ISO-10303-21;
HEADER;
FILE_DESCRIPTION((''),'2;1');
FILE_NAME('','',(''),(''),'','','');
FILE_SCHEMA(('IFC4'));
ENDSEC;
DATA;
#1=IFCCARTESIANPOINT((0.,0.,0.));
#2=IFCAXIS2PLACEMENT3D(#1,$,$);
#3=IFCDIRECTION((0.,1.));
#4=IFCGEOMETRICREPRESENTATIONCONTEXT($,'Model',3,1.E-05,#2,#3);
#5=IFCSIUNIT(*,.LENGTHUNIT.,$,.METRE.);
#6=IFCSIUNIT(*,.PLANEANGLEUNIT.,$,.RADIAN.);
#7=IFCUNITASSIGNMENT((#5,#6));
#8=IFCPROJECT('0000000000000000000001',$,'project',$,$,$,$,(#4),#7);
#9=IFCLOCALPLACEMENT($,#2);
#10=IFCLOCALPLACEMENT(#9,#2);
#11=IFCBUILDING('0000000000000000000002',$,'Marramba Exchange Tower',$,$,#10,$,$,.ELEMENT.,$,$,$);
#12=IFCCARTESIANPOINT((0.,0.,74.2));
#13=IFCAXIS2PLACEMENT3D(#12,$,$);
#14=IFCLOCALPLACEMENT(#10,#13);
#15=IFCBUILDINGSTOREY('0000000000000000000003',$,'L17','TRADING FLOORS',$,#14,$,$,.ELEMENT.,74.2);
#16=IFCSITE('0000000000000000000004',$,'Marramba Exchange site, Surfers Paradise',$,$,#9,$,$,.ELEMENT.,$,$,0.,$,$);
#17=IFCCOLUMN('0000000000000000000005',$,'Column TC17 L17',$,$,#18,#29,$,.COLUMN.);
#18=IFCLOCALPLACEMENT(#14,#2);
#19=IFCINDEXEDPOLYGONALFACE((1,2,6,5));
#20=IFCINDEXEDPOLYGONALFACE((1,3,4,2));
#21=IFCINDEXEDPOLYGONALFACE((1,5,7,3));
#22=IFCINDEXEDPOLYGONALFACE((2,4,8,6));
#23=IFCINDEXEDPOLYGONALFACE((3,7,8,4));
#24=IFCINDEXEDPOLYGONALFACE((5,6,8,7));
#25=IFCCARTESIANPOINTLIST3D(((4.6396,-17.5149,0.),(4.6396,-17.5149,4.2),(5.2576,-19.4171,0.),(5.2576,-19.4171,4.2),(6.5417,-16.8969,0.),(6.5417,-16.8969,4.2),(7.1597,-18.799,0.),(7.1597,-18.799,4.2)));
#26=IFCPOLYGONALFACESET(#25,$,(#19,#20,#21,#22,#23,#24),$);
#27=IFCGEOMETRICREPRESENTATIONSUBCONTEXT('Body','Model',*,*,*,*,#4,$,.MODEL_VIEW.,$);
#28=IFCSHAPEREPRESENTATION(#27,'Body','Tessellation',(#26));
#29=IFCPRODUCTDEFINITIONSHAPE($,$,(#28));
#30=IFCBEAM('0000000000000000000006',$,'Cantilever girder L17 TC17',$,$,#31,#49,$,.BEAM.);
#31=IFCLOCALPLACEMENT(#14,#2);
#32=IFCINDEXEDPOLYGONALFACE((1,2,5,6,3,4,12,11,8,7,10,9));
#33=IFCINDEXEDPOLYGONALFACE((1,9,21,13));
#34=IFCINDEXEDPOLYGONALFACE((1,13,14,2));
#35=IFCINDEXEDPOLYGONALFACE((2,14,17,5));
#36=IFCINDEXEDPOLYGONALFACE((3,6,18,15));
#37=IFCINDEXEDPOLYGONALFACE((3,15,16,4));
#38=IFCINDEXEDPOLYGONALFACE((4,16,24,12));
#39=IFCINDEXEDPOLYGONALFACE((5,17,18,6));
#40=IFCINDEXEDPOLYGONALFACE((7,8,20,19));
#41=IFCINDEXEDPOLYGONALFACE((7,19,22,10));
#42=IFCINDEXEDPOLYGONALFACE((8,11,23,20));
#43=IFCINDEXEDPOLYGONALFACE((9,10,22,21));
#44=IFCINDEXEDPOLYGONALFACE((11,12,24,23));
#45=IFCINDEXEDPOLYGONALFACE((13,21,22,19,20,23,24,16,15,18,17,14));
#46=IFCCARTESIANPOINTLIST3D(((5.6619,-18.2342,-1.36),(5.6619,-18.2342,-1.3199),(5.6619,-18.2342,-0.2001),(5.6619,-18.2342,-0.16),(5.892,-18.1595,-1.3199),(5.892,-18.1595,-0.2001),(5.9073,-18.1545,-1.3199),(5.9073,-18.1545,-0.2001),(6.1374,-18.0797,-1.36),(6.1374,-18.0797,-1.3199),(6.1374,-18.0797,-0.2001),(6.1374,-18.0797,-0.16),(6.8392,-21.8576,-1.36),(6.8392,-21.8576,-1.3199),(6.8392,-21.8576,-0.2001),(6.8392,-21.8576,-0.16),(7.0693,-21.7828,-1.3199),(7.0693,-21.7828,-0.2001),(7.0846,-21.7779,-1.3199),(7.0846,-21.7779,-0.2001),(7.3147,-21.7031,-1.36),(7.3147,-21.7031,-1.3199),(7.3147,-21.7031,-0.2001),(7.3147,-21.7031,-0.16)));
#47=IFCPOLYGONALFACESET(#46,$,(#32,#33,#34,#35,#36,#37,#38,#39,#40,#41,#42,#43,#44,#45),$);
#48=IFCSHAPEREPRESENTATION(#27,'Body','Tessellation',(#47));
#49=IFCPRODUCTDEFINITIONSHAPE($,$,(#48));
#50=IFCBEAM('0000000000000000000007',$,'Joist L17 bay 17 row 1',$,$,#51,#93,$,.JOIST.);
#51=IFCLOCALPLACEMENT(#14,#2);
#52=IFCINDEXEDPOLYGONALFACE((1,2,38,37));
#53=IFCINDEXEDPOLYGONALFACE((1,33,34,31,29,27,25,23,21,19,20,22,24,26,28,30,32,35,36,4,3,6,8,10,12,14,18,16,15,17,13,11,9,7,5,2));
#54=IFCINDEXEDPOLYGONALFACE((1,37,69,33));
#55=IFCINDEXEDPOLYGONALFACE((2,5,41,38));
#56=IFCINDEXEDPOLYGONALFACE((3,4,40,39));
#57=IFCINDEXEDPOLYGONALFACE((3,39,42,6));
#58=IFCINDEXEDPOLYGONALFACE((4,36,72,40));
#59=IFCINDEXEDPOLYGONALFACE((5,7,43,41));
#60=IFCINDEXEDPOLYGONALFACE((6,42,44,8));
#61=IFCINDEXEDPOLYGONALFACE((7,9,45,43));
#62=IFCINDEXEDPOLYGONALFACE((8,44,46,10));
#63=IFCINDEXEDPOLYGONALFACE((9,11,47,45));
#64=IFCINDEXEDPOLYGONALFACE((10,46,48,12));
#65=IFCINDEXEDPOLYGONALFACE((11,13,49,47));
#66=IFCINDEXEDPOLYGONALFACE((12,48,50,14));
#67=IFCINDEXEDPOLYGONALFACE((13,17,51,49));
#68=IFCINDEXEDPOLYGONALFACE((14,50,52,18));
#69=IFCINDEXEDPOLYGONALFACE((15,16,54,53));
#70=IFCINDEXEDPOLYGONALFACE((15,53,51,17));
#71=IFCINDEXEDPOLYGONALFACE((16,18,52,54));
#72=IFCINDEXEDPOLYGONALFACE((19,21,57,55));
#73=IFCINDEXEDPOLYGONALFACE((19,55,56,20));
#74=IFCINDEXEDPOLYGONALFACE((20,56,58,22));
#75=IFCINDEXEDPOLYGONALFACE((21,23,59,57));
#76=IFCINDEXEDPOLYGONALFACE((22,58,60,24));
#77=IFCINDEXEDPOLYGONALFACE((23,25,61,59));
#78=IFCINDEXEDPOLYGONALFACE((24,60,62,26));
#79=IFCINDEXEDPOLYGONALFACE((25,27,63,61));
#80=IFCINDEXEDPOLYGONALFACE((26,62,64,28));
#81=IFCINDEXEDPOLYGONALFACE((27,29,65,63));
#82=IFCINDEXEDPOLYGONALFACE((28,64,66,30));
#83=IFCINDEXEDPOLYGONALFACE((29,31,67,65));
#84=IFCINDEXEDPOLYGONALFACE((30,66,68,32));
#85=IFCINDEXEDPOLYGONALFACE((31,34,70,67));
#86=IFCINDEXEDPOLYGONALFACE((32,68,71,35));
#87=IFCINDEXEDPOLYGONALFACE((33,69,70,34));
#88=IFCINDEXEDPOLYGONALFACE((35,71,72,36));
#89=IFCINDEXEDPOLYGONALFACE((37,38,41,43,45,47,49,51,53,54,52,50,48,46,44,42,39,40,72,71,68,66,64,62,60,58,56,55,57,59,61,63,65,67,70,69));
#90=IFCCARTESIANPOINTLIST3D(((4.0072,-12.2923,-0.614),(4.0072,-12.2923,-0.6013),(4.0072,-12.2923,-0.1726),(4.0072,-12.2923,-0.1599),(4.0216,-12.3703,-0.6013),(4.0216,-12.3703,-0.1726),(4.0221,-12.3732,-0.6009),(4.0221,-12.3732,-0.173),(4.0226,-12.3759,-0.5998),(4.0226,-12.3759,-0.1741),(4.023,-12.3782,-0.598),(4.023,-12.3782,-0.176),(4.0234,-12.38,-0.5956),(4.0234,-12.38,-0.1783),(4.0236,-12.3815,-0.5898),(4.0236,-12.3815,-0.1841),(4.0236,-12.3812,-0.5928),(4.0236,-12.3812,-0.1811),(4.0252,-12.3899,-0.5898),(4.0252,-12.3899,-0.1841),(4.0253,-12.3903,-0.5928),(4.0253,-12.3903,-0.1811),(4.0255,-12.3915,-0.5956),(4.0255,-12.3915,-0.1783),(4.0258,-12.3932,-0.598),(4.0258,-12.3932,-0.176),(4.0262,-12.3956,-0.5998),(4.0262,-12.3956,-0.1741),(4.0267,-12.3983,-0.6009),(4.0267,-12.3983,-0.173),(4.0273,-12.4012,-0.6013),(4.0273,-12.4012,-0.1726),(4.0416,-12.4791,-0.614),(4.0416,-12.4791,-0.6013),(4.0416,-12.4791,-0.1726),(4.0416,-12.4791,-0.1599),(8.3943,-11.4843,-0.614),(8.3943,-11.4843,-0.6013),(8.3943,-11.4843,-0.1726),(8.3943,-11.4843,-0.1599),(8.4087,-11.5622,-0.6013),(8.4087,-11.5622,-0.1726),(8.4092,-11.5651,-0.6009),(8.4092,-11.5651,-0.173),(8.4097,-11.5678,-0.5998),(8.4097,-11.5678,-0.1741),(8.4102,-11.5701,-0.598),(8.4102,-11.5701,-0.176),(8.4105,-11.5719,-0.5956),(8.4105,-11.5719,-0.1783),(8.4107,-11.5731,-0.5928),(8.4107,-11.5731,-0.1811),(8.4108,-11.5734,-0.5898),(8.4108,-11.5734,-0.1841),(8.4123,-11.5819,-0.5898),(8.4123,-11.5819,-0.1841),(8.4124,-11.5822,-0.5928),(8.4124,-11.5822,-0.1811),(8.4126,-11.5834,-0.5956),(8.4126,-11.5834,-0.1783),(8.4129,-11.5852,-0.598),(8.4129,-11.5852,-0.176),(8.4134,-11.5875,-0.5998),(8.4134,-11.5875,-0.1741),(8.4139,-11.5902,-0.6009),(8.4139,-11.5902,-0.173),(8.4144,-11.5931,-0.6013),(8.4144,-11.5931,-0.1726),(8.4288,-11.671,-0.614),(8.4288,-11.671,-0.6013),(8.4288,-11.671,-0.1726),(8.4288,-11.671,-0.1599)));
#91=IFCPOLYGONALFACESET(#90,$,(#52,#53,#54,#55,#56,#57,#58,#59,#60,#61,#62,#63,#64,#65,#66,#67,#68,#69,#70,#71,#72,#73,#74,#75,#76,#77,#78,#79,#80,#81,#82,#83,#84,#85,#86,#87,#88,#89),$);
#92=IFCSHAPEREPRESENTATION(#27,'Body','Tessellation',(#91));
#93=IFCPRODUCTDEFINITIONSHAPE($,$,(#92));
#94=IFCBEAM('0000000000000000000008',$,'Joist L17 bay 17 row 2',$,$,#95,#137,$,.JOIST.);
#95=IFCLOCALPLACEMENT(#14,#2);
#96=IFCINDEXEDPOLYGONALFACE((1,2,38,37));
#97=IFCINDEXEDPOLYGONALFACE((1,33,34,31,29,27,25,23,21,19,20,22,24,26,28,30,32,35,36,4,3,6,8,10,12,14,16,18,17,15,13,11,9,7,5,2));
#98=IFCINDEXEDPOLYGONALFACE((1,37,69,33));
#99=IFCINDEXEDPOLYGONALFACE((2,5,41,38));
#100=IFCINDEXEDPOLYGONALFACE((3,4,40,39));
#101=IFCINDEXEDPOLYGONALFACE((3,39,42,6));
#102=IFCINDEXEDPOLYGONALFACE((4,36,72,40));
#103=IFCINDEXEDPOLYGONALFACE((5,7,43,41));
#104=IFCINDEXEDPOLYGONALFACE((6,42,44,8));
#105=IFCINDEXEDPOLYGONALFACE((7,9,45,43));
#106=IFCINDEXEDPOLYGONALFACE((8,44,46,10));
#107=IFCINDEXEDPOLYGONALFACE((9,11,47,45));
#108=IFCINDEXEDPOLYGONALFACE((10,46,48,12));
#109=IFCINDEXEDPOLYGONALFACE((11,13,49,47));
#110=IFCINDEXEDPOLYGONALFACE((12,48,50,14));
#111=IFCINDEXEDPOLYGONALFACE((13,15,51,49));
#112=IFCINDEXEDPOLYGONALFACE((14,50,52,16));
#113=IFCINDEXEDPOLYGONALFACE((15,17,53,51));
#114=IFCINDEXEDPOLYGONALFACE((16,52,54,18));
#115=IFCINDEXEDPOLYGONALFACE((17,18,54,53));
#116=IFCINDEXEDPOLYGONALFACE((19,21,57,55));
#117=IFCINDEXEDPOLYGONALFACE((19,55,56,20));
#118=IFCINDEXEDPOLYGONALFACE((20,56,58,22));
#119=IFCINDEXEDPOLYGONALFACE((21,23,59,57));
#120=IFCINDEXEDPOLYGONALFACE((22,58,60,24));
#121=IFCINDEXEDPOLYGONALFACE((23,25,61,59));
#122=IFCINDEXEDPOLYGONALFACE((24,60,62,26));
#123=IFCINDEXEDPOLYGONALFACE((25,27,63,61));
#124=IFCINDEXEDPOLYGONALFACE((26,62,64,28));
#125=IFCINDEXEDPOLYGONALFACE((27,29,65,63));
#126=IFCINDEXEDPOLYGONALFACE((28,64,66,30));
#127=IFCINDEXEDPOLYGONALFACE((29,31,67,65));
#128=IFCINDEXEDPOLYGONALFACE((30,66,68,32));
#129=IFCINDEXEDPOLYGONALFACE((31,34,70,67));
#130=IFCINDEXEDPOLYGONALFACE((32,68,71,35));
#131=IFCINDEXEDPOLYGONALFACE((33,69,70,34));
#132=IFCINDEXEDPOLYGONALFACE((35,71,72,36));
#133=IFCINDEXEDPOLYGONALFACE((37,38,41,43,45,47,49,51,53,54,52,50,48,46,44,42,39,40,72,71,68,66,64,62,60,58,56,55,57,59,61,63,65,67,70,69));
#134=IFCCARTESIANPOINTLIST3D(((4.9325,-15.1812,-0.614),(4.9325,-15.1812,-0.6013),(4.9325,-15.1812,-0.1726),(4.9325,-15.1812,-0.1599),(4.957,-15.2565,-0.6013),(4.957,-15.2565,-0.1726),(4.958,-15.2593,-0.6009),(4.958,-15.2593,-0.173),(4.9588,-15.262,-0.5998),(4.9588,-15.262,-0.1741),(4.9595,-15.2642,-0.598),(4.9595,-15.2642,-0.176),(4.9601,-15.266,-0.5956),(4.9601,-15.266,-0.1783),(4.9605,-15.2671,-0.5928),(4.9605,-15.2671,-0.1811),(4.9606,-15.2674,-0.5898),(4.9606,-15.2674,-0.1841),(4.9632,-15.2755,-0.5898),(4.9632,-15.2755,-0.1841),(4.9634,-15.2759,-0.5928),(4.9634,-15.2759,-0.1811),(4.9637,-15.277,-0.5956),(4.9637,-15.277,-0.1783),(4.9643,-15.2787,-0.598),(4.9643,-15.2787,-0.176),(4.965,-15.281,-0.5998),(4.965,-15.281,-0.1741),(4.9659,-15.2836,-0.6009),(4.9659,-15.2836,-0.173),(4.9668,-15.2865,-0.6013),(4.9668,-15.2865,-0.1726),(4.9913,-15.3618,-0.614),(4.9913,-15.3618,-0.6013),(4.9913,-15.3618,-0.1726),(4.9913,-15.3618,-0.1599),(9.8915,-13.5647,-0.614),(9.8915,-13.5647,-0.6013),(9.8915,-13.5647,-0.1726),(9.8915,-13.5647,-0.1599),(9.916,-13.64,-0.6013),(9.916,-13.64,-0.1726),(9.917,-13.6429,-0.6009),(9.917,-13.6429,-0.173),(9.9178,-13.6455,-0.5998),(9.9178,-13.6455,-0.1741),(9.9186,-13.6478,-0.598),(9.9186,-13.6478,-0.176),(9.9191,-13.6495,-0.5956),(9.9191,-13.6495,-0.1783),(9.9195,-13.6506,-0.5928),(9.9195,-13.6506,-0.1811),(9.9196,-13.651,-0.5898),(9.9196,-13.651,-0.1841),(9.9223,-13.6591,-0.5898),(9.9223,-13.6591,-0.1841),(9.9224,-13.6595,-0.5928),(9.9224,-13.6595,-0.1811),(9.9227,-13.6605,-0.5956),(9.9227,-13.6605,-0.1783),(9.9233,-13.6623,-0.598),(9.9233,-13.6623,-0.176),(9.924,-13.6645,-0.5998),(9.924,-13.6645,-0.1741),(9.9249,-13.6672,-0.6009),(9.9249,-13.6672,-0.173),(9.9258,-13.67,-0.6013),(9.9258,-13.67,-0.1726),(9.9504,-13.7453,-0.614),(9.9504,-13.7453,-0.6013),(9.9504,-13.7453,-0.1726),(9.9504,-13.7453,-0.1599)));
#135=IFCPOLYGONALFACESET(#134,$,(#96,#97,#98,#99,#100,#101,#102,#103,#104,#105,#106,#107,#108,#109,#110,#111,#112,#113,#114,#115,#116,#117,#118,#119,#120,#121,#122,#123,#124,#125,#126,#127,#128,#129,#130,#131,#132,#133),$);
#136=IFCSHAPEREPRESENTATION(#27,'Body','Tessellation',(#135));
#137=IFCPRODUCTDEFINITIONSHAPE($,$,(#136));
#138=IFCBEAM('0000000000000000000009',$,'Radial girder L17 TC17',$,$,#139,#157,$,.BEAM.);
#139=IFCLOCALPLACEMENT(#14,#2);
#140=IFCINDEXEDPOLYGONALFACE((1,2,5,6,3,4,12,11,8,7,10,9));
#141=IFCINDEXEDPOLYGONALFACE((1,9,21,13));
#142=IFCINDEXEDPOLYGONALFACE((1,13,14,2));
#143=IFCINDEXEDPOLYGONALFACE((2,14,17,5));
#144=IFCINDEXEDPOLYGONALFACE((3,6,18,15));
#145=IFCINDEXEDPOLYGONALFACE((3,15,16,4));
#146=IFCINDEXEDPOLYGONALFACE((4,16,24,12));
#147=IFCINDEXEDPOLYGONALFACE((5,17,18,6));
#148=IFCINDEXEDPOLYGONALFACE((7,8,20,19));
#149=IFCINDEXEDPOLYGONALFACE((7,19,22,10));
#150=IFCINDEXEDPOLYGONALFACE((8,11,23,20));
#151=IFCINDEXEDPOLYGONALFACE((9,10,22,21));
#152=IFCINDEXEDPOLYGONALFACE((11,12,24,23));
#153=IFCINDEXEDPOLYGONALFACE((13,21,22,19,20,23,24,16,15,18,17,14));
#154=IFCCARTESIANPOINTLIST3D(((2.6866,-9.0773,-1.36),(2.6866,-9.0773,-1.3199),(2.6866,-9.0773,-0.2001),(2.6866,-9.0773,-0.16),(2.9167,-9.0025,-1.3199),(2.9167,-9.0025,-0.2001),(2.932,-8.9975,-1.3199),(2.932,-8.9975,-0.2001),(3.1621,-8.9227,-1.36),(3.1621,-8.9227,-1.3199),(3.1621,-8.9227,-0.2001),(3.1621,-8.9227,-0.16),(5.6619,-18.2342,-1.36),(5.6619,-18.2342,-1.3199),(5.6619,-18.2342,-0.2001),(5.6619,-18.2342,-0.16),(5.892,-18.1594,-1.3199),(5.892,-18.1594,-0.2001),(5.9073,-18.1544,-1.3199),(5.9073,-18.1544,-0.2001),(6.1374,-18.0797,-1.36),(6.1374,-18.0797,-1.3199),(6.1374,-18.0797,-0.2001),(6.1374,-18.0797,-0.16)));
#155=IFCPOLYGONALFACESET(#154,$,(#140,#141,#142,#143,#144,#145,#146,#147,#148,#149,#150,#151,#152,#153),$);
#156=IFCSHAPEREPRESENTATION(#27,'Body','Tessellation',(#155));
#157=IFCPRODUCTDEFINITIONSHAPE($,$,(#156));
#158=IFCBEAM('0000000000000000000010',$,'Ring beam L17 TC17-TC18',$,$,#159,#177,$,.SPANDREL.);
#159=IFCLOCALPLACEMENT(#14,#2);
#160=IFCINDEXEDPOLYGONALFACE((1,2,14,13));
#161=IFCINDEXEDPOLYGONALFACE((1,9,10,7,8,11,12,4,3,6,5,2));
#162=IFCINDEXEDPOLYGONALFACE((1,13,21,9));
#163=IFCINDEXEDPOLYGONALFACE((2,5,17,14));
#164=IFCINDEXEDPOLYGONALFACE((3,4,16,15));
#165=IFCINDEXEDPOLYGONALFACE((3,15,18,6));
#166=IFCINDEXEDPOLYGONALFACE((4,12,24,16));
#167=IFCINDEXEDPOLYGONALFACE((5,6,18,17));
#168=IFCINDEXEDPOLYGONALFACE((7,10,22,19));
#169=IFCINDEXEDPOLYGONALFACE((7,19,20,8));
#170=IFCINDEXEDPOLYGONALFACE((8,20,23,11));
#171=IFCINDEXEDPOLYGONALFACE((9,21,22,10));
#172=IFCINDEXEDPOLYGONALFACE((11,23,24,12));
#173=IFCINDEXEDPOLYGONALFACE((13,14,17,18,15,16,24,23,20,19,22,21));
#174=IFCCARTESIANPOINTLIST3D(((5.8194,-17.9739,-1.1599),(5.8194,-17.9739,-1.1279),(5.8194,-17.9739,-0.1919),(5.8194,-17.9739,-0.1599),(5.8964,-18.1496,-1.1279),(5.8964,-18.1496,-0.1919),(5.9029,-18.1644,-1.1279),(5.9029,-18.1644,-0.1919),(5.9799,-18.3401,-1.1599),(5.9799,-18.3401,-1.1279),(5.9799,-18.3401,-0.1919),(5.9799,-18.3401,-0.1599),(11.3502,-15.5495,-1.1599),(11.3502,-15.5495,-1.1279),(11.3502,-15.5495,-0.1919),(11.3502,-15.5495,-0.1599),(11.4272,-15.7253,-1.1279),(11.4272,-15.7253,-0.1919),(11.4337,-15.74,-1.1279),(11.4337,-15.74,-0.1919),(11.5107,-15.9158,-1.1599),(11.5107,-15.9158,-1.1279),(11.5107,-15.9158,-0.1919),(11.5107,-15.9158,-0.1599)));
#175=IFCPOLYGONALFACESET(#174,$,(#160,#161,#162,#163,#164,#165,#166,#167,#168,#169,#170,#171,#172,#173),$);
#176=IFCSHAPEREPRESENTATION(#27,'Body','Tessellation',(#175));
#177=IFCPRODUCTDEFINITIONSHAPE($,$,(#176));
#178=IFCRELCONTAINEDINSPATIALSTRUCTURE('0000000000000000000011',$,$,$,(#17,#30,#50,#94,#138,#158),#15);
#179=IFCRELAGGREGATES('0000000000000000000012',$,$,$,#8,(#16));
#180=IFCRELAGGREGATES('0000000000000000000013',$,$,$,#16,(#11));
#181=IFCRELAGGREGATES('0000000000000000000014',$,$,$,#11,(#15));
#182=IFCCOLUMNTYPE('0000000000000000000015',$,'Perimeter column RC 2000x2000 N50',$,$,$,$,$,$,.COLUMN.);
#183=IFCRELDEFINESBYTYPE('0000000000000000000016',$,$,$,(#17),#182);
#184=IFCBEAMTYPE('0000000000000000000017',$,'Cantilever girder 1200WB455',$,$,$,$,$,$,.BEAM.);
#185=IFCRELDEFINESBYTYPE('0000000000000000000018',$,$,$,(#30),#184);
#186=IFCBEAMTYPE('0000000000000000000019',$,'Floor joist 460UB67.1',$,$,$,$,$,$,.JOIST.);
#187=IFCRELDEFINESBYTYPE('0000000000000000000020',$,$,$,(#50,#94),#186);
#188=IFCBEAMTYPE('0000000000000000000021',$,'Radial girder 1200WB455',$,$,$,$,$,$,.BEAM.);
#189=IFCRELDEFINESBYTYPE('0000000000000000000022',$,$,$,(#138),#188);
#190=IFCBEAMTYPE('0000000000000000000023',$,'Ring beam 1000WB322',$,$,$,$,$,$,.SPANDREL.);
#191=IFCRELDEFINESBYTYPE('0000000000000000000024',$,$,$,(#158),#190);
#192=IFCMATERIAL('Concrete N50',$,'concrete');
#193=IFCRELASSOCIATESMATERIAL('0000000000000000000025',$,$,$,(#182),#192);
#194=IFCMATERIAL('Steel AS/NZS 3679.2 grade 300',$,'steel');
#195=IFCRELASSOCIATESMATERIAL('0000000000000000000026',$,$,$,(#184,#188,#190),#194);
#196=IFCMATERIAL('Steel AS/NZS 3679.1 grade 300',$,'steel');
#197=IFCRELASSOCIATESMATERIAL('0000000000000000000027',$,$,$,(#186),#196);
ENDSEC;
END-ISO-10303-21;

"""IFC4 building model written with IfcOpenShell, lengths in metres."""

from ifc_helpers import new_model, si_unit, direction, frame, origin, origin_2d, place, context, subcontext, project, spatial, rectangle, i_section, extrude, material, material_profile, profile_set, type_object, element, save


model = new_model("IFC4")

# Units and contexts
model_context = context("Model", 3, precision=1e-05, world=origin(), true_north=direction((0.0, 1.0)))
body_context = subcontext(model_context, "Body", "Model", "MODEL_VIEW")
ifc_project = project(units=[si_unit("LENGTHUNIT", "METRE"), si_unit("PLANEANGLEUNIT", "RADIAN")], contexts=[model_context])

# Site, building, storey
site_placement = place(None, origin())
site = spatial("IfcSite", under=ifc_project, at=site_placement, Name="Marramba Exchange site, Surfers Paradise", CompositionType="ELEMENT", RefElevation=0.0)
building_placement = place(site_placement, origin())
building = spatial("IfcBuilding", under=site, at=building_placement, Name="Marramba Exchange Tower", CompositionType="ELEMENT")
storey_placement = place(building_placement, frame((0.0, 0.0, 74.2)))
storey = spatial("IfcBuildingStorey", under=building, at=storey_placement, Name="L17", Description="TRADING FLOORS", CompositionType="ELEMENT", Elevation=74.2)

# Column
ifc_material_1 = material(Name="Concrete N50", Category="concrete")
ifc_material_profile_1 = material_profile(ifc_material_1, rectangle(XDim=2.0, YDim=2.0, at=origin_2d()), Name="RC 2000x2000")
ifc_profile_set_1 = profile_set([ifc_material_profile_1], Name="Concrete N50")
column_type = type_object("IfcColumnType", Name="Perimeter column RC 2000x2000 N50", PredefinedType="COLUMN", material=ifc_profile_set_1)
column_placement = place(storey_placement, frame((5.8997, -18.157, 0.0), z_axis=(0.0, 0.0, 1.0), x_axis=(0.309017, -0.951057, 0.0)))
element("IfcColumn", 1, at=column_placement, inside=storey, type_object=column_type, Name="Column TC17 L17", PredefinedType="COLUMN", context=body_context, shape_type="SweptSolid", body=[
    extrude(rectangle(XDim=2.0, YDim=2.0, at=origin_2d()), origin(), (0.0, 0.0, 1.0), 4.2),
])

# Beams
ifc_material_2 = material(Name="Steel AS/NZS 3679.2 grade 300", Category="steel")
ifc_material_profile_2 = material_profile(ifc_material_2, i_section(OverallWidth=0.5, OverallDepth=1.2, WebThickness=0.0161, FlangeThickness=0.04, at=origin_2d()), Name="1200WB455")
ifc_profile_set_2 = profile_set([ifc_material_profile_2], Name="Steel AS/NZS 3679.2 grade 300")
beam_type_1 = type_object("IfcBeamType", Name="Cantilever girder 1200WB455", PredefinedType="BEAM", material=ifc_profile_set_2)
beam_1_placement = place(storey_placement, frame((5.8997, -18.157, -0.76), z_axis=(0.309009, -0.951059, 0.0), x_axis=(0.951059, 0.309009, 0.0)))
element("IfcBeam", 2, at=beam_1_placement, inside=storey, type_object=beam_type_1, Name="Cantilever girder L17 TC17", PredefinedType="BEAM", context=body_context, shape_type="SweptSolid", body=[
    extrude(i_section(OverallWidth=0.5, OverallDepth=1.2, WebThickness=0.0161, FlangeThickness=0.04, at=origin_2d()), origin(), (0.0, 0.0, 1.0), 3.8098),
])
ifc_material_3 = material(Name="Steel AS/NZS 3679.1 grade 300", Category="steel")
ifc_material_profile_3 = material_profile(ifc_material_3, i_section(OverallWidth=0.1899, OverallDepth=0.4541, WebThickness=0.0085, FlangeThickness=0.0127, FilletRadius=0.0115, at=origin_2d()), Name="460UB67.1")
ifc_profile_set_3 = profile_set([ifc_material_profile_3], Name="Steel AS/NZS 3679.1 grade 300")
beam_type_2 = type_object("IfcBeamType", Name="Floor joist 460UB67.1", PredefinedType="JOIST", material=ifc_profile_set_3)
beam_2_placement = place(storey_placement, frame((4.0244, -12.3857, -0.387), z_axis=(0.983456, 0.181149, 0.0), x_axis=(-0.181149, 0.983456, 0.0)))
element("IfcBeam", 3, at=beam_2_placement, inside=storey, type_object=beam_type_2, Name="Joist L17 bay 17 row 1", PredefinedType="JOIST", context=body_context, shape_type="SweptSolid", body=[
    extrude(i_section(OverallWidth=0.1899, OverallDepth=0.4541, WebThickness=0.0085, FlangeThickness=0.0127, FilletRadius=0.0115, at=origin_2d()), origin(), (0.0, 0.0, 1.0), 4.4609),
])
beam_3_placement = place(storey_placement, frame((4.9619, -15.2715, -0.387), z_axis=(0.950764, 0.309916, 0.0), x_axis=(-0.309916, 0.950764, 0.0)))
element("IfcBeam", 4, at=beam_3_placement, inside=storey, type_object=beam_type_2, Name="Joist L17 bay 17 row 2", PredefinedType="JOIST", context=body_context, shape_type="SweptSolid", body=[
    extrude(i_section(OverallWidth=0.1899, OverallDepth=0.4541, WebThickness=0.0085, FlangeThickness=0.0127, FilletRadius=0.0115, at=origin_2d()), origin(), (0.0, 0.0, 1.0), 5.2158),
])
ifc_material_profile_4 = material_profile(ifc_material_2, i_section(OverallWidth=0.5, OverallDepth=1.2, WebThickness=0.0161, FlangeThickness=0.04, at=origin_2d()), Name="1200WB455")
ifc_profile_set_4 = profile_set([ifc_material_profile_4], Name="Steel AS/NZS 3679.2 grade 300")
beam_type_3 = type_object("IfcBeamType", Name="Radial girder 1200WB455", PredefinedType="BEAM", material=ifc_profile_set_4)
beam_4_placement = place(storey_placement, frame((2.9243, -9.0, -0.76), z_axis=(0.309022, -0.951055, 0.0), x_axis=(0.951055, 0.309022, 0.0)))
element("IfcBeam", 5, at=beam_4_placement, inside=storey, type_object=beam_type_3, Name="Radial girder L17 TC17", PredefinedType="BEAM", context=body_context, shape_type="SweptSolid", body=[
    extrude(i_section(OverallWidth=0.5, OverallDepth=1.2, WebThickness=0.0161, FlangeThickness=0.04, at=origin_2d()), origin(), (0.0, 0.0, 1.0), 9.6282),
])
ifc_material_profile_5 = material_profile(ifc_material_2, i_section(OverallWidth=0.3999, OverallDepth=1.0, WebThickness=0.0161, FlangeThickness=0.032, at=origin_2d()), Name="1000WB322")
ifc_profile_set_5 = profile_set([ifc_material_profile_5], Name="Steel AS/NZS 3679.2 grade 300")
beam_type_4 = type_object("IfcBeamType", Name="Ring beam 1000WB322", PredefinedType="SPANDREL", material=ifc_profile_set_5)
beam_5_placement = place(storey_placement, frame((5.8997, -18.157, -0.6599), z_axis=(0.915877, 0.401459, 0.0), x_axis=(-0.401459, 0.915877, 0.0)))
element("IfcBeam", 6, at=beam_5_placement, inside=storey, type_object=beam_type_4, Name="Ring beam L17 TC17-TC18", PredefinedType="SPANDREL", context=body_context, shape_type="SweptSolid", body=[
    extrude(i_section(OverallWidth=0.3999, OverallDepth=1.0, WebThickness=0.0161, FlangeThickness=0.032, at=origin_2d()), origin(), (0.0, 0.0, 1.0), 6.0388),
])

save(model, "model.ifc")
